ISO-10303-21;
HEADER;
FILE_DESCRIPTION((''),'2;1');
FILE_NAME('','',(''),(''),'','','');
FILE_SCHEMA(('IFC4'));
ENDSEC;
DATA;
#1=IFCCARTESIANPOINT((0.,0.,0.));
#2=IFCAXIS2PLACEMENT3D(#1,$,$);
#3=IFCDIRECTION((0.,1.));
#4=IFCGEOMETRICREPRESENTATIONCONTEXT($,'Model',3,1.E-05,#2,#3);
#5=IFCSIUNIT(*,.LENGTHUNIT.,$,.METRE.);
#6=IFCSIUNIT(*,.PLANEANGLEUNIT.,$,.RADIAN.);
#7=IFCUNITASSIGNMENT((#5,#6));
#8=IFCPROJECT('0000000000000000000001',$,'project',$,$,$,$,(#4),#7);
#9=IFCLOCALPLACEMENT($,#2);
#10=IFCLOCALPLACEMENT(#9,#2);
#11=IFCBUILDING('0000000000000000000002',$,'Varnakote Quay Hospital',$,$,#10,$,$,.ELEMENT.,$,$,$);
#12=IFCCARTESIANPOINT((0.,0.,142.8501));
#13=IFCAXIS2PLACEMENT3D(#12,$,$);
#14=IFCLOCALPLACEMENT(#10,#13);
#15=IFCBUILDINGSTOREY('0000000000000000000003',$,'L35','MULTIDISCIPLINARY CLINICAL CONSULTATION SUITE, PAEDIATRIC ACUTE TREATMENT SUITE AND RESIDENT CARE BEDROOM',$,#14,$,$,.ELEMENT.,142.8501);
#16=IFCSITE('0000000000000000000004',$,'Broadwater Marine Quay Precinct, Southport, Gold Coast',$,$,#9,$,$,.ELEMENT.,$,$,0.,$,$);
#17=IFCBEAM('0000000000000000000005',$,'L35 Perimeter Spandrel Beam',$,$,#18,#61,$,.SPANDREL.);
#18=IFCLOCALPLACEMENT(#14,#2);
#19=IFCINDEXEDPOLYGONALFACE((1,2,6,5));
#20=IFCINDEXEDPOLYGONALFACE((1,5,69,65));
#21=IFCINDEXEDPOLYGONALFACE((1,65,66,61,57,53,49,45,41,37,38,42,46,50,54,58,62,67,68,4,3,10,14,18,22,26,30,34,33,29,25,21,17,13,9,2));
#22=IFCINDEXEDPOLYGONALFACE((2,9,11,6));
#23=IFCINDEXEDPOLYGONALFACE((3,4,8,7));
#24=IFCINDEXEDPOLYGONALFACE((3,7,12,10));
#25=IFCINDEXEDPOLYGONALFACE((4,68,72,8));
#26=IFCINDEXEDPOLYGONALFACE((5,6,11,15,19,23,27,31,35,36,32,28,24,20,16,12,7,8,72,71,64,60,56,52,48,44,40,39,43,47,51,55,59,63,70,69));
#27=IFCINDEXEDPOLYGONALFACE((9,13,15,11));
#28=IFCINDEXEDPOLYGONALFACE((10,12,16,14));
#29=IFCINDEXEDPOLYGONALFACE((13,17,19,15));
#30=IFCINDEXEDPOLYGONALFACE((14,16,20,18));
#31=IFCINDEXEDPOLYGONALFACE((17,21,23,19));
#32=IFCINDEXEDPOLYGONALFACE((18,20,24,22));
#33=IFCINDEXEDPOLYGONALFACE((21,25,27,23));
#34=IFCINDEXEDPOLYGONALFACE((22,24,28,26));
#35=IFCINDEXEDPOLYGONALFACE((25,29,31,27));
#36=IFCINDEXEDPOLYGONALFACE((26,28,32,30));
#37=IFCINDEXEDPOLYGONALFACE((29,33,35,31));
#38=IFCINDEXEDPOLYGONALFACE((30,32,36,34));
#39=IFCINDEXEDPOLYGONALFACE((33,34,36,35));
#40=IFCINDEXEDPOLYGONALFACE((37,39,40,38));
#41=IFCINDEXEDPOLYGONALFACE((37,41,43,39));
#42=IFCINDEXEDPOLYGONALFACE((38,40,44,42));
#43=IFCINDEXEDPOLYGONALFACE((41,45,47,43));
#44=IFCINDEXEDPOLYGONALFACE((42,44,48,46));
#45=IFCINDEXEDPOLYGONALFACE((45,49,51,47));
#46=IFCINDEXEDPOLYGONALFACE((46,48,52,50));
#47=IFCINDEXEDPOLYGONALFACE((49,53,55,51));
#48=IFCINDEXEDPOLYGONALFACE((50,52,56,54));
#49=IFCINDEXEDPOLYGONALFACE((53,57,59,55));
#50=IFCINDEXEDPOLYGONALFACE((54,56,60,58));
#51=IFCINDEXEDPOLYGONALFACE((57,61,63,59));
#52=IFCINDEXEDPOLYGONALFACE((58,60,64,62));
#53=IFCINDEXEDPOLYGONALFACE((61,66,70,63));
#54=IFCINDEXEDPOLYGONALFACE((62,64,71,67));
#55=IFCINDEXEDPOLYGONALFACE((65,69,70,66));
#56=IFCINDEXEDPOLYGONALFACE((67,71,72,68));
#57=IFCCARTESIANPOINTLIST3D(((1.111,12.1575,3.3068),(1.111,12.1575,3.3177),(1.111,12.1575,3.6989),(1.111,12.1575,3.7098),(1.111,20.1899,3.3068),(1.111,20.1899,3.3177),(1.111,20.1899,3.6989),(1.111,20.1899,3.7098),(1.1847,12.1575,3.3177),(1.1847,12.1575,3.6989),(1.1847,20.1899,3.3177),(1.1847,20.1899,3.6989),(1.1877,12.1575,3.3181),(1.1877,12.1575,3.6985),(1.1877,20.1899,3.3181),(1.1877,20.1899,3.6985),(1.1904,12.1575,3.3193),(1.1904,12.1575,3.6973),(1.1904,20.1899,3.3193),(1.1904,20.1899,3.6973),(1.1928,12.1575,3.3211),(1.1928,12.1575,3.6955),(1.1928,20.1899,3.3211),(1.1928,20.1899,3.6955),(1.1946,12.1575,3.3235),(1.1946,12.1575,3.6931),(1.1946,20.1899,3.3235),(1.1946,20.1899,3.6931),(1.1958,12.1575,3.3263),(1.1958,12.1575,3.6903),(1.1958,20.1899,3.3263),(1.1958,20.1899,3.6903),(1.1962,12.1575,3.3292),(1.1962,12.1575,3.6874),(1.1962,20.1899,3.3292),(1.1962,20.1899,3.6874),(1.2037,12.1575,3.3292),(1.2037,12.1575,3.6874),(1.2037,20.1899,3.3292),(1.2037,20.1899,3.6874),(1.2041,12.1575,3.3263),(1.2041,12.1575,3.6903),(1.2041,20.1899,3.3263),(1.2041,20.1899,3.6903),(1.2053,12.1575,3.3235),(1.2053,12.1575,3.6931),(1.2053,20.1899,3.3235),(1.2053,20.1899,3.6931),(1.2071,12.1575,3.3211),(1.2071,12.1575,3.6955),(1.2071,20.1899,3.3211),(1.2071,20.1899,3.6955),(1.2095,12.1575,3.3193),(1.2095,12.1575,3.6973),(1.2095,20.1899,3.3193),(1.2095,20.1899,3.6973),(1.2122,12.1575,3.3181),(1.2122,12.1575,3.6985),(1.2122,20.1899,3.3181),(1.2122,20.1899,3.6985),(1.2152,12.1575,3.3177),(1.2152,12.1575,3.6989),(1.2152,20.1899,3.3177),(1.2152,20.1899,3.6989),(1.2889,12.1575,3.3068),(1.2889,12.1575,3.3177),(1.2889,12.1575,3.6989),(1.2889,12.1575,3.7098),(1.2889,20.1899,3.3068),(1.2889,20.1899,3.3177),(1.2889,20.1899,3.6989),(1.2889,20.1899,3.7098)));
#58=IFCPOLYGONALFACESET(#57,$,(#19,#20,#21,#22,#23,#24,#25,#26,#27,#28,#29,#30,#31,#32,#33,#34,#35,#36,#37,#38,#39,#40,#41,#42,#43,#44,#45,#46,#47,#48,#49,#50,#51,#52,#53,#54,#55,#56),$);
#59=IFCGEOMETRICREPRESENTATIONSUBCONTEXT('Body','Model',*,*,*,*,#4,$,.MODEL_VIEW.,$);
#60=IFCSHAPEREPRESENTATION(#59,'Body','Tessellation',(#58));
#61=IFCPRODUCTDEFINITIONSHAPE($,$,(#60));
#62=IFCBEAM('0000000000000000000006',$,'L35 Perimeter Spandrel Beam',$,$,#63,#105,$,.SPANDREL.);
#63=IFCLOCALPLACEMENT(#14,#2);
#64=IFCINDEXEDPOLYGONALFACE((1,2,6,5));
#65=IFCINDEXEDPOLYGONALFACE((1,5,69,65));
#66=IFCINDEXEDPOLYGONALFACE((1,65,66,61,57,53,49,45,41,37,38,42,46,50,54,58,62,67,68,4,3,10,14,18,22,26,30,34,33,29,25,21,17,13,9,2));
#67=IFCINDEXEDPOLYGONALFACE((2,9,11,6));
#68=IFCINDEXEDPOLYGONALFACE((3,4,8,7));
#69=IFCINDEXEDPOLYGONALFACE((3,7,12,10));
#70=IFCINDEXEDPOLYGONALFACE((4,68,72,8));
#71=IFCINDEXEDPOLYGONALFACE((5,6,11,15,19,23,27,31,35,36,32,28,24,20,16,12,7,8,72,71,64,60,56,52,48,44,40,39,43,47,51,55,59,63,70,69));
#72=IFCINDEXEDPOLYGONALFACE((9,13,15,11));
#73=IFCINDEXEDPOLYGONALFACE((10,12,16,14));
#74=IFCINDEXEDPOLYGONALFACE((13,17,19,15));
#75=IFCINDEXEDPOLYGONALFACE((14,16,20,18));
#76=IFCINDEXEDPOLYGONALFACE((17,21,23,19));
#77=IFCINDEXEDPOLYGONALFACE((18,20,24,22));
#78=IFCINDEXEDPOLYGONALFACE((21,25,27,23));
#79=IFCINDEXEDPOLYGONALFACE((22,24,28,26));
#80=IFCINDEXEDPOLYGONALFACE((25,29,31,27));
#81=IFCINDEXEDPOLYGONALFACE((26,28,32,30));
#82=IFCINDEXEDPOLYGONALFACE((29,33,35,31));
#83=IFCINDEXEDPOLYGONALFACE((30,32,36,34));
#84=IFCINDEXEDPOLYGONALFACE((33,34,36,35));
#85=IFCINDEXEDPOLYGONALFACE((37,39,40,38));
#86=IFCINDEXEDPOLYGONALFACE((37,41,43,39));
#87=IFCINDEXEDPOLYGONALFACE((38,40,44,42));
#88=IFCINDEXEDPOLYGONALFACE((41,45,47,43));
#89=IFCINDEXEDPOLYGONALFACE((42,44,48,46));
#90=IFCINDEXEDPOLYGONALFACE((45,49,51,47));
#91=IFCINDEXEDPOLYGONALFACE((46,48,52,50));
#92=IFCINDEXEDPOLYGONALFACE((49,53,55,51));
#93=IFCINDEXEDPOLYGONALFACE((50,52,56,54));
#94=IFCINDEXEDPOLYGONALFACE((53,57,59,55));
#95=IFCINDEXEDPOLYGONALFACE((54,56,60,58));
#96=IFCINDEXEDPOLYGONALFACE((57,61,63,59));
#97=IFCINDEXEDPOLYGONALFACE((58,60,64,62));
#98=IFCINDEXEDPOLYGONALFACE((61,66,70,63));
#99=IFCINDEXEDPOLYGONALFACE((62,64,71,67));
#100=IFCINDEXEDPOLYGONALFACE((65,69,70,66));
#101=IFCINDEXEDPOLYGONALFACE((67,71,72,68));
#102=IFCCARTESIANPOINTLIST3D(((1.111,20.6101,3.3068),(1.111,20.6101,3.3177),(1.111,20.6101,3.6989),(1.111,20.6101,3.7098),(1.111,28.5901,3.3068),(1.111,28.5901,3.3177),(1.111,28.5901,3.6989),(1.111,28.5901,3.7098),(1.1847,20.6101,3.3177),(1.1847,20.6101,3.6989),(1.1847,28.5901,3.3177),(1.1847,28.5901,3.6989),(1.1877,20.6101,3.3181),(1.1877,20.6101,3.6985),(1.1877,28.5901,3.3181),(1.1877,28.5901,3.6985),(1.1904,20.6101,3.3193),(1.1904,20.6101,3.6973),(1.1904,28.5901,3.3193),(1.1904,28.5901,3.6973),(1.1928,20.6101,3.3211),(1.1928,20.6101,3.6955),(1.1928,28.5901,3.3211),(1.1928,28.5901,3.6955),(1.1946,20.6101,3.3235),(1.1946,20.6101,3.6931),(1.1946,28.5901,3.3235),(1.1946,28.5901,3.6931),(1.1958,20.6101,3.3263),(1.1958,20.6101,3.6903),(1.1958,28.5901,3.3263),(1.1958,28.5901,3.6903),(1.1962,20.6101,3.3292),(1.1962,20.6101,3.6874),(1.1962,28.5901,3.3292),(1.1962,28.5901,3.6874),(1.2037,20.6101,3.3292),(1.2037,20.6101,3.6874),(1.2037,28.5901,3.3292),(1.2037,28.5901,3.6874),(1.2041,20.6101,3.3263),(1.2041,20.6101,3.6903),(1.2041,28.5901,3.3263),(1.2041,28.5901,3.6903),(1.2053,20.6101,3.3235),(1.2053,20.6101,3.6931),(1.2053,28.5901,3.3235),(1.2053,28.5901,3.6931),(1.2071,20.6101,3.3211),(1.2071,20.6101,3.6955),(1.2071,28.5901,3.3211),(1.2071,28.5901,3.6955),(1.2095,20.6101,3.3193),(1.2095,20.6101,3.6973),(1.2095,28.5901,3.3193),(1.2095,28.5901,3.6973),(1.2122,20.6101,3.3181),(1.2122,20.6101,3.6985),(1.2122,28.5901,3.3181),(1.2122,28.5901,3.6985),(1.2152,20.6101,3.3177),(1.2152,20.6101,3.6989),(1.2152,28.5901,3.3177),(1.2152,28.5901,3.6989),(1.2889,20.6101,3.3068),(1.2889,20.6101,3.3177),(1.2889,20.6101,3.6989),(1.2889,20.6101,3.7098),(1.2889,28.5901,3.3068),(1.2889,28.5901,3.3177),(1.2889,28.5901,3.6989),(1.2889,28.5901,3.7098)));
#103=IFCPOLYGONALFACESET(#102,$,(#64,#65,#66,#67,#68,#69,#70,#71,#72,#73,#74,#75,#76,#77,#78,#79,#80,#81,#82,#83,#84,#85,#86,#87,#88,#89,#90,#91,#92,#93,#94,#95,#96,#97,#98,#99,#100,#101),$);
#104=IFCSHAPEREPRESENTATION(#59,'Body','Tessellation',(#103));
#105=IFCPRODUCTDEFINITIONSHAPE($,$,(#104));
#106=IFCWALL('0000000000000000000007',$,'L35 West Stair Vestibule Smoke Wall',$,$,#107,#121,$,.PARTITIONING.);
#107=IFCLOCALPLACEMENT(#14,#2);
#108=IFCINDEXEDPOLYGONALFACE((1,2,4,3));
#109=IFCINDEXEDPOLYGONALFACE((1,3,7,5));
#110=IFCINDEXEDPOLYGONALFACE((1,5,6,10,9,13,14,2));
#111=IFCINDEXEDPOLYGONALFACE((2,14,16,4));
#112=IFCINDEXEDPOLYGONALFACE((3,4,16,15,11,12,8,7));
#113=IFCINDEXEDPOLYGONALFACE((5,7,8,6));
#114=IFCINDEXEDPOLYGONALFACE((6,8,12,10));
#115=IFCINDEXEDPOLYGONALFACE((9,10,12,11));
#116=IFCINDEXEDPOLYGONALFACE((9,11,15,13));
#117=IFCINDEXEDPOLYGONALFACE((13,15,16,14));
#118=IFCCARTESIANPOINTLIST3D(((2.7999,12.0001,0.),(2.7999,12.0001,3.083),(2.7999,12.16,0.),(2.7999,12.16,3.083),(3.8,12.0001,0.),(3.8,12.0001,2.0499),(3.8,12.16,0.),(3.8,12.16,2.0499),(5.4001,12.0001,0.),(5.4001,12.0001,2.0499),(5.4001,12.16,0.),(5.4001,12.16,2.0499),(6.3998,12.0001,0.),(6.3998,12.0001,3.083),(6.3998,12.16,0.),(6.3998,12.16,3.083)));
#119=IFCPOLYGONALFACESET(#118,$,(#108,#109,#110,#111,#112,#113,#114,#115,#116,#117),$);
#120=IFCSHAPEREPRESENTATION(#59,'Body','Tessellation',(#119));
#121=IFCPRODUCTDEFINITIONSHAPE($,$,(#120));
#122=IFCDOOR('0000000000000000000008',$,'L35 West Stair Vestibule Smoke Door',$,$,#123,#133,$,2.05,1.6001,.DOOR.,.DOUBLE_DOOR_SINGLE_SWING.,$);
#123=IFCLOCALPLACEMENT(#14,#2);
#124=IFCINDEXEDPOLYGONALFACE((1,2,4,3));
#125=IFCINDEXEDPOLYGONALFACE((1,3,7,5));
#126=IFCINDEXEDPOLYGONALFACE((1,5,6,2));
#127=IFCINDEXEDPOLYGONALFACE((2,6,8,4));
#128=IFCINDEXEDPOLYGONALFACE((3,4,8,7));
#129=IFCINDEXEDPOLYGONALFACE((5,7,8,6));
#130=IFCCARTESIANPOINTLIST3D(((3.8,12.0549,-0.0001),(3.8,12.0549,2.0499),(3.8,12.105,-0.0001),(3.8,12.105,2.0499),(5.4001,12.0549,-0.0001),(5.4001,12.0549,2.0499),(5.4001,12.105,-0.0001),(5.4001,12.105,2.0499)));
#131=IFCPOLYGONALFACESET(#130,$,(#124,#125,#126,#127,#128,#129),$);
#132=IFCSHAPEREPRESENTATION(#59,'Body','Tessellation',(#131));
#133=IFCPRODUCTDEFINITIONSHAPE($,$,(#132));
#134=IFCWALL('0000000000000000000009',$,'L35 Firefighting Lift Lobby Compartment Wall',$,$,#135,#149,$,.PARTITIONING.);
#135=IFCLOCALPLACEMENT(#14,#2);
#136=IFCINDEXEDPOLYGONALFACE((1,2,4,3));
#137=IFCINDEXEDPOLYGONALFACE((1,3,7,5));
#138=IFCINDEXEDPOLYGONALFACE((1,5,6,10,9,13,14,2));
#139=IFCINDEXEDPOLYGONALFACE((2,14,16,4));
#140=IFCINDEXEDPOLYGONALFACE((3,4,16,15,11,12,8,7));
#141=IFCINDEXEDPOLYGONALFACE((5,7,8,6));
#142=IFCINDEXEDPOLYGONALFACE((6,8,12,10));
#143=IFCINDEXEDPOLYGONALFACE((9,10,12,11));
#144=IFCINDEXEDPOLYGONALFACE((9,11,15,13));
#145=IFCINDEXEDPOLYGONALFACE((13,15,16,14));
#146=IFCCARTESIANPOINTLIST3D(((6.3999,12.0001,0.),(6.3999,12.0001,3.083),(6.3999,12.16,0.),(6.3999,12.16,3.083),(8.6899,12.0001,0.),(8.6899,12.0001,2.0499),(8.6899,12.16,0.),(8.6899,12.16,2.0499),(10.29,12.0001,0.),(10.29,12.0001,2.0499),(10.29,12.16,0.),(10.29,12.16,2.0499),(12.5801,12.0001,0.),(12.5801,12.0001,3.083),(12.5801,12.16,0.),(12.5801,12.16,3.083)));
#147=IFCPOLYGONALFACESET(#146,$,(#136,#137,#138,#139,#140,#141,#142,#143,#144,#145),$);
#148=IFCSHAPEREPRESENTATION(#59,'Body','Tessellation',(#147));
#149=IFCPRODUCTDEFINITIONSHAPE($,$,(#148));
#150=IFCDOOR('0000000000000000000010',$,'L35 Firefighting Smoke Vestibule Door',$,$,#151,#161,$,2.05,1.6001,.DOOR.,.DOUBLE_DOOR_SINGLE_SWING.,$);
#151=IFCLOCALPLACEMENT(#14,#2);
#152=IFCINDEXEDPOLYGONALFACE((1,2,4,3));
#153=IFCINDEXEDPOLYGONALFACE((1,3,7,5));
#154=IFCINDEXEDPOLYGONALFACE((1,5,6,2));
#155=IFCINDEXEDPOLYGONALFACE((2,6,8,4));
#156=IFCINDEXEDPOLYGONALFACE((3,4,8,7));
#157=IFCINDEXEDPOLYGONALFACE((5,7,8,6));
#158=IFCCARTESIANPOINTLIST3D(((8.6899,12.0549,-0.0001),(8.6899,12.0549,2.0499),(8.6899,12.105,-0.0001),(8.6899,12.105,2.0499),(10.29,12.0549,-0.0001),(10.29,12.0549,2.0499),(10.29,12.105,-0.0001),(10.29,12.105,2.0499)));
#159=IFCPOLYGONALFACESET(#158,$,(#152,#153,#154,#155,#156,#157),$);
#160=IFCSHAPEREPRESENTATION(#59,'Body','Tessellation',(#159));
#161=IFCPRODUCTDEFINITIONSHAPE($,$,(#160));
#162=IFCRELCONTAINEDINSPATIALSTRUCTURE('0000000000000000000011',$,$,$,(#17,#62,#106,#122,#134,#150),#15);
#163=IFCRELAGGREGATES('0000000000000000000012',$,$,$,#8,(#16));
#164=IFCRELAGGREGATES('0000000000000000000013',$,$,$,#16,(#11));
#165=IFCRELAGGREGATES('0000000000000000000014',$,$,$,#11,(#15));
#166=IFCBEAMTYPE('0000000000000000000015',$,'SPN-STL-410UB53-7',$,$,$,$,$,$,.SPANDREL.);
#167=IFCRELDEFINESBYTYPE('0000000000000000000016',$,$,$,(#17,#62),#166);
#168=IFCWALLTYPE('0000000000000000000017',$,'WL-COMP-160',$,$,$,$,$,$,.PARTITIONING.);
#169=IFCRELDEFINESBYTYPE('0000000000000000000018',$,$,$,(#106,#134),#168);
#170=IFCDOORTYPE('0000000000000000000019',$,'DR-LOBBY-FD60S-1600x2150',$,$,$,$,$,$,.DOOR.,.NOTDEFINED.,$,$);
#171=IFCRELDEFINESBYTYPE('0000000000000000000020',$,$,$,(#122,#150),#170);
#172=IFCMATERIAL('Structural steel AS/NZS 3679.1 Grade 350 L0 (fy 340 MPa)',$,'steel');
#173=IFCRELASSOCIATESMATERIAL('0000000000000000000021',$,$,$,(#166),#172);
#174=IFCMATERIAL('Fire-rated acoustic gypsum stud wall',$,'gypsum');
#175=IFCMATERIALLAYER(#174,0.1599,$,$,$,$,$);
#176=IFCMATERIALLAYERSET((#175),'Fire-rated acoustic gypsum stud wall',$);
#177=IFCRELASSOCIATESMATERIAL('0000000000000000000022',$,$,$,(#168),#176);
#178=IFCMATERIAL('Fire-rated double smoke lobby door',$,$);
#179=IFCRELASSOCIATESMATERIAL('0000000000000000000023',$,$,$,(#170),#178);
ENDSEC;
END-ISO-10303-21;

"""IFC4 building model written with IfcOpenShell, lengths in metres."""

from ifc_helpers import new_model, si_unit, direction, frame, frame_2d, origin, origin_2d, place, context, subcontext, project, spatial, rectangle, i_section, extrude, material, layer, layer_set, material_profile, profile_set, type_object, element, fill, save


model = new_model("IFC4")

# Units and contexts
model_context = context("Model", 3, precision=1e-05, world=origin(), true_north=direction((0.0, 1.0)))
body_context = subcontext(model_context, "Body", "Model", "MODEL_VIEW")
ifc_project = project(units=[si_unit("LENGTHUNIT", "METRE"), si_unit("PLANEANGLEUNIT", "RADIAN")], contexts=[model_context])

# Site, building, storey
site_placement = place(None, origin())
site = spatial("IfcSite", under=ifc_project, at=site_placement, Name="Broadwater Marine Quay Precinct, Southport, Gold Coast", CompositionType="ELEMENT", RefElevation=0.0)
building_placement = place(site_placement, origin())
building = spatial("IfcBuilding", under=site, at=building_placement, Name="Varnakote Quay Hospital", CompositionType="ELEMENT")
storey_placement = place(building_placement, frame((0.0, 0.0, 142.8501)))
storey = spatial("IfcBuildingStorey", under=building, at=storey_placement, Name="L35", Description="MULTIDISCIPLINARY CLINICAL CONSULTATION SUITE, PAEDIATRIC ACUTE TREATMENT SUITE AND RESIDENT CARE BEDROOM", CompositionType="ELEMENT", Elevation=142.8501)

# Beams
ifc_material_1 = material(Name="Structural steel AS/NZS 3679.1 Grade 350 L0 (fy 340 MPa)", Category="steel")
ifc_material_profile_1 = material_profile(ifc_material_1, i_section(OverallWidth=0.178, OverallDepth=0.4031, WebThickness=0.0076, FlangeThickness=0.011, FilletRadius=0.0115, at=origin_2d()), Name="410UB53.7")
ifc_profile_set_1 = profile_set([ifc_material_profile_1], Name="Structural steel AS/NZS 3679.1 Grade 350 L0 (fy 340 MPa)")
beam_type_1 = type_object("IfcBeamType", Name="SPN-STL-410UB53-7", PredefinedType="SPANDREL", material=ifc_profile_set_1)
beam_1_placement = place(storey_placement, frame((1.2, 12.1575, 3.5083), z_axis=(0.0, 1.0, 0.0), x_axis=(-1.0, 0.0, 0.0)))
element("IfcBeam", 1, at=beam_1_placement, inside=storey, type_object=beam_type_1, Name="L35 Perimeter Spandrel Beam", PredefinedType="SPANDREL", context=body_context, shape_type="SweptSolid", body=[
    extrude(i_section(OverallWidth=0.178, OverallDepth=0.4031, WebThickness=0.0076, FlangeThickness=0.011, FilletRadius=0.0115, at=origin_2d()), origin(), (0.0, 0.0, 1.0), 8.0325),
])
beam_2_placement = place(storey_placement, frame((1.2, 20.6101, 3.5083), z_axis=(0.0, 1.0, 0.0), x_axis=(-1.0, 0.0, 0.0)))
element("IfcBeam", 2, at=beam_2_placement, inside=storey, type_object=beam_type_1, Name="L35 Perimeter Spandrel Beam", PredefinedType="SPANDREL", context=body_context, shape_type="SweptSolid", body=[
    extrude(i_section(OverallWidth=0.178, OverallDepth=0.4031, WebThickness=0.0076, FlangeThickness=0.011, FilletRadius=0.0115, at=origin_2d()), origin(), (0.0, 0.0, 1.0), 7.98),
])

# Walls, openings, doors
ifc_material_2 = material(Name="Fire-rated acoustic gypsum stud wall", Category="gypsum")
ifc_layer_1 = layer(ifc_material_2, 0.1599)
ifc_layer_set_1 = layer_set([ifc_layer_1], Name="Fire-rated acoustic gypsum stud wall")
wall_type_1 = type_object("IfcWallType", Name="WL-COMP-160", PredefinedType="PARTITIONING", material=ifc_layer_set_1)
wall_1_placement = place(storey_placement, frame((2.8, 12.0801, 0.0), z_axis=(0.0, 0.0, 1.0), x_axis=(1.0, 0.0, 0.0)))
wall_1 = element("IfcWall", 3, at=wall_1_placement, inside=storey, type_object=wall_type_1, Name="L35 West Stair Vestibule Smoke Wall", PredefinedType="PARTITIONING", context=body_context, shape_type="SweptSolid", body=[
    extrude(rectangle(XDim=3.5999, YDim=0.1599, at=frame_2d((1.7998, 0.0))), origin(), (0.0, 0.0, 1.0), 3.083),
])
opening_1_placement = place(wall_1_placement, frame((1.0, 0.0, 0.0)))
opening_1 = element("IfcOpeningElement", 4, at=opening_1_placement, cuts=wall_1, PredefinedType="OPENING", context=body_context, shape_type="SweptSolid", body=[
    extrude(rectangle(XDim=1.6001, YDim=2.05, at=frame_2d((0.8, 1.0249))), frame((0.0, 0.0898, 0.0), z_axis=(0.0, -1.0, 0.0), x_axis=(1.0, 0.0, 0.0)), (0.0, 0.0, 1.0), 0.1799),
])
ifc_material_3 = material(Name="Fire-rated double smoke lobby door")
door_type_1 = type_object("IfcDoorType", Name="DR-LOBBY-FD60S-1600x2150", OperationType="NOTDEFINED", PredefinedType="DOOR", material=ifc_material_3)
door_1_placement = place(opening_1_placement, origin())
door_1 = element("IfcDoor", 5, at=door_1_placement, inside=storey, type_object=door_type_1, Name="L35 West Stair Vestibule Smoke Door", OperationType="DOUBLE_DOOR_SINGLE_SWING", OverallHeight=2.05, OverallWidth=1.6001, PredefinedType="DOOR", context=body_context, shape_type="SweptSolid", body=[
    extrude(rectangle(XDim=1.6001, YDim=2.05, at=frame_2d((0.8, 1.0249))), frame((0.0, 0.0249, 0.0), z_axis=(0.0, -1.0, 0.0), x_axis=(1.0, 0.0, 0.0)), (0.0, 0.0, 1.0), 0.05),
])
fill(opening_1, door_1)
wall_2_placement = place(storey_placement, frame((6.3999, 12.0801, 0.0), z_axis=(0.0, 0.0, 1.0), x_axis=(1.0, 0.0, 0.0)))
wall_2 = element("IfcWall", 6, at=wall_2_placement, inside=storey, type_object=wall_type_1, Name="L35 Firefighting Lift Lobby Compartment Wall", PredefinedType="PARTITIONING", context=body_context, shape_type="SweptSolid", body=[
    extrude(rectangle(XDim=6.1802, YDim=0.1599, at=frame_2d((3.0901, 0.0))), origin(), (0.0, 0.0, 1.0), 3.083),
])
opening_2_placement = place(wall_2_placement, frame((2.29, 0.0, 0.0)))
opening_2 = element("IfcOpeningElement", 7, at=opening_2_placement, cuts=wall_2, PredefinedType="OPENING", context=body_context, shape_type="SweptSolid", body=[
    extrude(rectangle(XDim=1.6001, YDim=2.05, at=frame_2d((0.8, 1.0249))), frame((0.0, 0.0898, 0.0), z_axis=(0.0, -1.0, 0.0), x_axis=(1.0, 0.0, 0.0)), (0.0, 0.0, 1.0), 0.1799),
])
door_2_placement = place(opening_2_placement, origin())
door_2 = element("IfcDoor", 8, at=door_2_placement, inside=storey, type_object=door_type_1, Name="L35 Firefighting Smoke Vestibule Door", OperationType="DOUBLE_DOOR_SINGLE_SWING", OverallHeight=2.05, OverallWidth=1.6001, PredefinedType="DOOR", context=body_context, shape_type="SweptSolid", body=[
    extrude(rectangle(XDim=1.6001, YDim=2.05, at=frame_2d((0.8, 1.0249))), frame((0.0, 0.0249, 0.0), z_axis=(0.0, -1.0, 0.0), x_axis=(1.0, 0.0, 0.0)), (0.0, 0.0, 1.0), 0.05),
])
fill(opening_2, door_2)

save(model, "model.ifc")
